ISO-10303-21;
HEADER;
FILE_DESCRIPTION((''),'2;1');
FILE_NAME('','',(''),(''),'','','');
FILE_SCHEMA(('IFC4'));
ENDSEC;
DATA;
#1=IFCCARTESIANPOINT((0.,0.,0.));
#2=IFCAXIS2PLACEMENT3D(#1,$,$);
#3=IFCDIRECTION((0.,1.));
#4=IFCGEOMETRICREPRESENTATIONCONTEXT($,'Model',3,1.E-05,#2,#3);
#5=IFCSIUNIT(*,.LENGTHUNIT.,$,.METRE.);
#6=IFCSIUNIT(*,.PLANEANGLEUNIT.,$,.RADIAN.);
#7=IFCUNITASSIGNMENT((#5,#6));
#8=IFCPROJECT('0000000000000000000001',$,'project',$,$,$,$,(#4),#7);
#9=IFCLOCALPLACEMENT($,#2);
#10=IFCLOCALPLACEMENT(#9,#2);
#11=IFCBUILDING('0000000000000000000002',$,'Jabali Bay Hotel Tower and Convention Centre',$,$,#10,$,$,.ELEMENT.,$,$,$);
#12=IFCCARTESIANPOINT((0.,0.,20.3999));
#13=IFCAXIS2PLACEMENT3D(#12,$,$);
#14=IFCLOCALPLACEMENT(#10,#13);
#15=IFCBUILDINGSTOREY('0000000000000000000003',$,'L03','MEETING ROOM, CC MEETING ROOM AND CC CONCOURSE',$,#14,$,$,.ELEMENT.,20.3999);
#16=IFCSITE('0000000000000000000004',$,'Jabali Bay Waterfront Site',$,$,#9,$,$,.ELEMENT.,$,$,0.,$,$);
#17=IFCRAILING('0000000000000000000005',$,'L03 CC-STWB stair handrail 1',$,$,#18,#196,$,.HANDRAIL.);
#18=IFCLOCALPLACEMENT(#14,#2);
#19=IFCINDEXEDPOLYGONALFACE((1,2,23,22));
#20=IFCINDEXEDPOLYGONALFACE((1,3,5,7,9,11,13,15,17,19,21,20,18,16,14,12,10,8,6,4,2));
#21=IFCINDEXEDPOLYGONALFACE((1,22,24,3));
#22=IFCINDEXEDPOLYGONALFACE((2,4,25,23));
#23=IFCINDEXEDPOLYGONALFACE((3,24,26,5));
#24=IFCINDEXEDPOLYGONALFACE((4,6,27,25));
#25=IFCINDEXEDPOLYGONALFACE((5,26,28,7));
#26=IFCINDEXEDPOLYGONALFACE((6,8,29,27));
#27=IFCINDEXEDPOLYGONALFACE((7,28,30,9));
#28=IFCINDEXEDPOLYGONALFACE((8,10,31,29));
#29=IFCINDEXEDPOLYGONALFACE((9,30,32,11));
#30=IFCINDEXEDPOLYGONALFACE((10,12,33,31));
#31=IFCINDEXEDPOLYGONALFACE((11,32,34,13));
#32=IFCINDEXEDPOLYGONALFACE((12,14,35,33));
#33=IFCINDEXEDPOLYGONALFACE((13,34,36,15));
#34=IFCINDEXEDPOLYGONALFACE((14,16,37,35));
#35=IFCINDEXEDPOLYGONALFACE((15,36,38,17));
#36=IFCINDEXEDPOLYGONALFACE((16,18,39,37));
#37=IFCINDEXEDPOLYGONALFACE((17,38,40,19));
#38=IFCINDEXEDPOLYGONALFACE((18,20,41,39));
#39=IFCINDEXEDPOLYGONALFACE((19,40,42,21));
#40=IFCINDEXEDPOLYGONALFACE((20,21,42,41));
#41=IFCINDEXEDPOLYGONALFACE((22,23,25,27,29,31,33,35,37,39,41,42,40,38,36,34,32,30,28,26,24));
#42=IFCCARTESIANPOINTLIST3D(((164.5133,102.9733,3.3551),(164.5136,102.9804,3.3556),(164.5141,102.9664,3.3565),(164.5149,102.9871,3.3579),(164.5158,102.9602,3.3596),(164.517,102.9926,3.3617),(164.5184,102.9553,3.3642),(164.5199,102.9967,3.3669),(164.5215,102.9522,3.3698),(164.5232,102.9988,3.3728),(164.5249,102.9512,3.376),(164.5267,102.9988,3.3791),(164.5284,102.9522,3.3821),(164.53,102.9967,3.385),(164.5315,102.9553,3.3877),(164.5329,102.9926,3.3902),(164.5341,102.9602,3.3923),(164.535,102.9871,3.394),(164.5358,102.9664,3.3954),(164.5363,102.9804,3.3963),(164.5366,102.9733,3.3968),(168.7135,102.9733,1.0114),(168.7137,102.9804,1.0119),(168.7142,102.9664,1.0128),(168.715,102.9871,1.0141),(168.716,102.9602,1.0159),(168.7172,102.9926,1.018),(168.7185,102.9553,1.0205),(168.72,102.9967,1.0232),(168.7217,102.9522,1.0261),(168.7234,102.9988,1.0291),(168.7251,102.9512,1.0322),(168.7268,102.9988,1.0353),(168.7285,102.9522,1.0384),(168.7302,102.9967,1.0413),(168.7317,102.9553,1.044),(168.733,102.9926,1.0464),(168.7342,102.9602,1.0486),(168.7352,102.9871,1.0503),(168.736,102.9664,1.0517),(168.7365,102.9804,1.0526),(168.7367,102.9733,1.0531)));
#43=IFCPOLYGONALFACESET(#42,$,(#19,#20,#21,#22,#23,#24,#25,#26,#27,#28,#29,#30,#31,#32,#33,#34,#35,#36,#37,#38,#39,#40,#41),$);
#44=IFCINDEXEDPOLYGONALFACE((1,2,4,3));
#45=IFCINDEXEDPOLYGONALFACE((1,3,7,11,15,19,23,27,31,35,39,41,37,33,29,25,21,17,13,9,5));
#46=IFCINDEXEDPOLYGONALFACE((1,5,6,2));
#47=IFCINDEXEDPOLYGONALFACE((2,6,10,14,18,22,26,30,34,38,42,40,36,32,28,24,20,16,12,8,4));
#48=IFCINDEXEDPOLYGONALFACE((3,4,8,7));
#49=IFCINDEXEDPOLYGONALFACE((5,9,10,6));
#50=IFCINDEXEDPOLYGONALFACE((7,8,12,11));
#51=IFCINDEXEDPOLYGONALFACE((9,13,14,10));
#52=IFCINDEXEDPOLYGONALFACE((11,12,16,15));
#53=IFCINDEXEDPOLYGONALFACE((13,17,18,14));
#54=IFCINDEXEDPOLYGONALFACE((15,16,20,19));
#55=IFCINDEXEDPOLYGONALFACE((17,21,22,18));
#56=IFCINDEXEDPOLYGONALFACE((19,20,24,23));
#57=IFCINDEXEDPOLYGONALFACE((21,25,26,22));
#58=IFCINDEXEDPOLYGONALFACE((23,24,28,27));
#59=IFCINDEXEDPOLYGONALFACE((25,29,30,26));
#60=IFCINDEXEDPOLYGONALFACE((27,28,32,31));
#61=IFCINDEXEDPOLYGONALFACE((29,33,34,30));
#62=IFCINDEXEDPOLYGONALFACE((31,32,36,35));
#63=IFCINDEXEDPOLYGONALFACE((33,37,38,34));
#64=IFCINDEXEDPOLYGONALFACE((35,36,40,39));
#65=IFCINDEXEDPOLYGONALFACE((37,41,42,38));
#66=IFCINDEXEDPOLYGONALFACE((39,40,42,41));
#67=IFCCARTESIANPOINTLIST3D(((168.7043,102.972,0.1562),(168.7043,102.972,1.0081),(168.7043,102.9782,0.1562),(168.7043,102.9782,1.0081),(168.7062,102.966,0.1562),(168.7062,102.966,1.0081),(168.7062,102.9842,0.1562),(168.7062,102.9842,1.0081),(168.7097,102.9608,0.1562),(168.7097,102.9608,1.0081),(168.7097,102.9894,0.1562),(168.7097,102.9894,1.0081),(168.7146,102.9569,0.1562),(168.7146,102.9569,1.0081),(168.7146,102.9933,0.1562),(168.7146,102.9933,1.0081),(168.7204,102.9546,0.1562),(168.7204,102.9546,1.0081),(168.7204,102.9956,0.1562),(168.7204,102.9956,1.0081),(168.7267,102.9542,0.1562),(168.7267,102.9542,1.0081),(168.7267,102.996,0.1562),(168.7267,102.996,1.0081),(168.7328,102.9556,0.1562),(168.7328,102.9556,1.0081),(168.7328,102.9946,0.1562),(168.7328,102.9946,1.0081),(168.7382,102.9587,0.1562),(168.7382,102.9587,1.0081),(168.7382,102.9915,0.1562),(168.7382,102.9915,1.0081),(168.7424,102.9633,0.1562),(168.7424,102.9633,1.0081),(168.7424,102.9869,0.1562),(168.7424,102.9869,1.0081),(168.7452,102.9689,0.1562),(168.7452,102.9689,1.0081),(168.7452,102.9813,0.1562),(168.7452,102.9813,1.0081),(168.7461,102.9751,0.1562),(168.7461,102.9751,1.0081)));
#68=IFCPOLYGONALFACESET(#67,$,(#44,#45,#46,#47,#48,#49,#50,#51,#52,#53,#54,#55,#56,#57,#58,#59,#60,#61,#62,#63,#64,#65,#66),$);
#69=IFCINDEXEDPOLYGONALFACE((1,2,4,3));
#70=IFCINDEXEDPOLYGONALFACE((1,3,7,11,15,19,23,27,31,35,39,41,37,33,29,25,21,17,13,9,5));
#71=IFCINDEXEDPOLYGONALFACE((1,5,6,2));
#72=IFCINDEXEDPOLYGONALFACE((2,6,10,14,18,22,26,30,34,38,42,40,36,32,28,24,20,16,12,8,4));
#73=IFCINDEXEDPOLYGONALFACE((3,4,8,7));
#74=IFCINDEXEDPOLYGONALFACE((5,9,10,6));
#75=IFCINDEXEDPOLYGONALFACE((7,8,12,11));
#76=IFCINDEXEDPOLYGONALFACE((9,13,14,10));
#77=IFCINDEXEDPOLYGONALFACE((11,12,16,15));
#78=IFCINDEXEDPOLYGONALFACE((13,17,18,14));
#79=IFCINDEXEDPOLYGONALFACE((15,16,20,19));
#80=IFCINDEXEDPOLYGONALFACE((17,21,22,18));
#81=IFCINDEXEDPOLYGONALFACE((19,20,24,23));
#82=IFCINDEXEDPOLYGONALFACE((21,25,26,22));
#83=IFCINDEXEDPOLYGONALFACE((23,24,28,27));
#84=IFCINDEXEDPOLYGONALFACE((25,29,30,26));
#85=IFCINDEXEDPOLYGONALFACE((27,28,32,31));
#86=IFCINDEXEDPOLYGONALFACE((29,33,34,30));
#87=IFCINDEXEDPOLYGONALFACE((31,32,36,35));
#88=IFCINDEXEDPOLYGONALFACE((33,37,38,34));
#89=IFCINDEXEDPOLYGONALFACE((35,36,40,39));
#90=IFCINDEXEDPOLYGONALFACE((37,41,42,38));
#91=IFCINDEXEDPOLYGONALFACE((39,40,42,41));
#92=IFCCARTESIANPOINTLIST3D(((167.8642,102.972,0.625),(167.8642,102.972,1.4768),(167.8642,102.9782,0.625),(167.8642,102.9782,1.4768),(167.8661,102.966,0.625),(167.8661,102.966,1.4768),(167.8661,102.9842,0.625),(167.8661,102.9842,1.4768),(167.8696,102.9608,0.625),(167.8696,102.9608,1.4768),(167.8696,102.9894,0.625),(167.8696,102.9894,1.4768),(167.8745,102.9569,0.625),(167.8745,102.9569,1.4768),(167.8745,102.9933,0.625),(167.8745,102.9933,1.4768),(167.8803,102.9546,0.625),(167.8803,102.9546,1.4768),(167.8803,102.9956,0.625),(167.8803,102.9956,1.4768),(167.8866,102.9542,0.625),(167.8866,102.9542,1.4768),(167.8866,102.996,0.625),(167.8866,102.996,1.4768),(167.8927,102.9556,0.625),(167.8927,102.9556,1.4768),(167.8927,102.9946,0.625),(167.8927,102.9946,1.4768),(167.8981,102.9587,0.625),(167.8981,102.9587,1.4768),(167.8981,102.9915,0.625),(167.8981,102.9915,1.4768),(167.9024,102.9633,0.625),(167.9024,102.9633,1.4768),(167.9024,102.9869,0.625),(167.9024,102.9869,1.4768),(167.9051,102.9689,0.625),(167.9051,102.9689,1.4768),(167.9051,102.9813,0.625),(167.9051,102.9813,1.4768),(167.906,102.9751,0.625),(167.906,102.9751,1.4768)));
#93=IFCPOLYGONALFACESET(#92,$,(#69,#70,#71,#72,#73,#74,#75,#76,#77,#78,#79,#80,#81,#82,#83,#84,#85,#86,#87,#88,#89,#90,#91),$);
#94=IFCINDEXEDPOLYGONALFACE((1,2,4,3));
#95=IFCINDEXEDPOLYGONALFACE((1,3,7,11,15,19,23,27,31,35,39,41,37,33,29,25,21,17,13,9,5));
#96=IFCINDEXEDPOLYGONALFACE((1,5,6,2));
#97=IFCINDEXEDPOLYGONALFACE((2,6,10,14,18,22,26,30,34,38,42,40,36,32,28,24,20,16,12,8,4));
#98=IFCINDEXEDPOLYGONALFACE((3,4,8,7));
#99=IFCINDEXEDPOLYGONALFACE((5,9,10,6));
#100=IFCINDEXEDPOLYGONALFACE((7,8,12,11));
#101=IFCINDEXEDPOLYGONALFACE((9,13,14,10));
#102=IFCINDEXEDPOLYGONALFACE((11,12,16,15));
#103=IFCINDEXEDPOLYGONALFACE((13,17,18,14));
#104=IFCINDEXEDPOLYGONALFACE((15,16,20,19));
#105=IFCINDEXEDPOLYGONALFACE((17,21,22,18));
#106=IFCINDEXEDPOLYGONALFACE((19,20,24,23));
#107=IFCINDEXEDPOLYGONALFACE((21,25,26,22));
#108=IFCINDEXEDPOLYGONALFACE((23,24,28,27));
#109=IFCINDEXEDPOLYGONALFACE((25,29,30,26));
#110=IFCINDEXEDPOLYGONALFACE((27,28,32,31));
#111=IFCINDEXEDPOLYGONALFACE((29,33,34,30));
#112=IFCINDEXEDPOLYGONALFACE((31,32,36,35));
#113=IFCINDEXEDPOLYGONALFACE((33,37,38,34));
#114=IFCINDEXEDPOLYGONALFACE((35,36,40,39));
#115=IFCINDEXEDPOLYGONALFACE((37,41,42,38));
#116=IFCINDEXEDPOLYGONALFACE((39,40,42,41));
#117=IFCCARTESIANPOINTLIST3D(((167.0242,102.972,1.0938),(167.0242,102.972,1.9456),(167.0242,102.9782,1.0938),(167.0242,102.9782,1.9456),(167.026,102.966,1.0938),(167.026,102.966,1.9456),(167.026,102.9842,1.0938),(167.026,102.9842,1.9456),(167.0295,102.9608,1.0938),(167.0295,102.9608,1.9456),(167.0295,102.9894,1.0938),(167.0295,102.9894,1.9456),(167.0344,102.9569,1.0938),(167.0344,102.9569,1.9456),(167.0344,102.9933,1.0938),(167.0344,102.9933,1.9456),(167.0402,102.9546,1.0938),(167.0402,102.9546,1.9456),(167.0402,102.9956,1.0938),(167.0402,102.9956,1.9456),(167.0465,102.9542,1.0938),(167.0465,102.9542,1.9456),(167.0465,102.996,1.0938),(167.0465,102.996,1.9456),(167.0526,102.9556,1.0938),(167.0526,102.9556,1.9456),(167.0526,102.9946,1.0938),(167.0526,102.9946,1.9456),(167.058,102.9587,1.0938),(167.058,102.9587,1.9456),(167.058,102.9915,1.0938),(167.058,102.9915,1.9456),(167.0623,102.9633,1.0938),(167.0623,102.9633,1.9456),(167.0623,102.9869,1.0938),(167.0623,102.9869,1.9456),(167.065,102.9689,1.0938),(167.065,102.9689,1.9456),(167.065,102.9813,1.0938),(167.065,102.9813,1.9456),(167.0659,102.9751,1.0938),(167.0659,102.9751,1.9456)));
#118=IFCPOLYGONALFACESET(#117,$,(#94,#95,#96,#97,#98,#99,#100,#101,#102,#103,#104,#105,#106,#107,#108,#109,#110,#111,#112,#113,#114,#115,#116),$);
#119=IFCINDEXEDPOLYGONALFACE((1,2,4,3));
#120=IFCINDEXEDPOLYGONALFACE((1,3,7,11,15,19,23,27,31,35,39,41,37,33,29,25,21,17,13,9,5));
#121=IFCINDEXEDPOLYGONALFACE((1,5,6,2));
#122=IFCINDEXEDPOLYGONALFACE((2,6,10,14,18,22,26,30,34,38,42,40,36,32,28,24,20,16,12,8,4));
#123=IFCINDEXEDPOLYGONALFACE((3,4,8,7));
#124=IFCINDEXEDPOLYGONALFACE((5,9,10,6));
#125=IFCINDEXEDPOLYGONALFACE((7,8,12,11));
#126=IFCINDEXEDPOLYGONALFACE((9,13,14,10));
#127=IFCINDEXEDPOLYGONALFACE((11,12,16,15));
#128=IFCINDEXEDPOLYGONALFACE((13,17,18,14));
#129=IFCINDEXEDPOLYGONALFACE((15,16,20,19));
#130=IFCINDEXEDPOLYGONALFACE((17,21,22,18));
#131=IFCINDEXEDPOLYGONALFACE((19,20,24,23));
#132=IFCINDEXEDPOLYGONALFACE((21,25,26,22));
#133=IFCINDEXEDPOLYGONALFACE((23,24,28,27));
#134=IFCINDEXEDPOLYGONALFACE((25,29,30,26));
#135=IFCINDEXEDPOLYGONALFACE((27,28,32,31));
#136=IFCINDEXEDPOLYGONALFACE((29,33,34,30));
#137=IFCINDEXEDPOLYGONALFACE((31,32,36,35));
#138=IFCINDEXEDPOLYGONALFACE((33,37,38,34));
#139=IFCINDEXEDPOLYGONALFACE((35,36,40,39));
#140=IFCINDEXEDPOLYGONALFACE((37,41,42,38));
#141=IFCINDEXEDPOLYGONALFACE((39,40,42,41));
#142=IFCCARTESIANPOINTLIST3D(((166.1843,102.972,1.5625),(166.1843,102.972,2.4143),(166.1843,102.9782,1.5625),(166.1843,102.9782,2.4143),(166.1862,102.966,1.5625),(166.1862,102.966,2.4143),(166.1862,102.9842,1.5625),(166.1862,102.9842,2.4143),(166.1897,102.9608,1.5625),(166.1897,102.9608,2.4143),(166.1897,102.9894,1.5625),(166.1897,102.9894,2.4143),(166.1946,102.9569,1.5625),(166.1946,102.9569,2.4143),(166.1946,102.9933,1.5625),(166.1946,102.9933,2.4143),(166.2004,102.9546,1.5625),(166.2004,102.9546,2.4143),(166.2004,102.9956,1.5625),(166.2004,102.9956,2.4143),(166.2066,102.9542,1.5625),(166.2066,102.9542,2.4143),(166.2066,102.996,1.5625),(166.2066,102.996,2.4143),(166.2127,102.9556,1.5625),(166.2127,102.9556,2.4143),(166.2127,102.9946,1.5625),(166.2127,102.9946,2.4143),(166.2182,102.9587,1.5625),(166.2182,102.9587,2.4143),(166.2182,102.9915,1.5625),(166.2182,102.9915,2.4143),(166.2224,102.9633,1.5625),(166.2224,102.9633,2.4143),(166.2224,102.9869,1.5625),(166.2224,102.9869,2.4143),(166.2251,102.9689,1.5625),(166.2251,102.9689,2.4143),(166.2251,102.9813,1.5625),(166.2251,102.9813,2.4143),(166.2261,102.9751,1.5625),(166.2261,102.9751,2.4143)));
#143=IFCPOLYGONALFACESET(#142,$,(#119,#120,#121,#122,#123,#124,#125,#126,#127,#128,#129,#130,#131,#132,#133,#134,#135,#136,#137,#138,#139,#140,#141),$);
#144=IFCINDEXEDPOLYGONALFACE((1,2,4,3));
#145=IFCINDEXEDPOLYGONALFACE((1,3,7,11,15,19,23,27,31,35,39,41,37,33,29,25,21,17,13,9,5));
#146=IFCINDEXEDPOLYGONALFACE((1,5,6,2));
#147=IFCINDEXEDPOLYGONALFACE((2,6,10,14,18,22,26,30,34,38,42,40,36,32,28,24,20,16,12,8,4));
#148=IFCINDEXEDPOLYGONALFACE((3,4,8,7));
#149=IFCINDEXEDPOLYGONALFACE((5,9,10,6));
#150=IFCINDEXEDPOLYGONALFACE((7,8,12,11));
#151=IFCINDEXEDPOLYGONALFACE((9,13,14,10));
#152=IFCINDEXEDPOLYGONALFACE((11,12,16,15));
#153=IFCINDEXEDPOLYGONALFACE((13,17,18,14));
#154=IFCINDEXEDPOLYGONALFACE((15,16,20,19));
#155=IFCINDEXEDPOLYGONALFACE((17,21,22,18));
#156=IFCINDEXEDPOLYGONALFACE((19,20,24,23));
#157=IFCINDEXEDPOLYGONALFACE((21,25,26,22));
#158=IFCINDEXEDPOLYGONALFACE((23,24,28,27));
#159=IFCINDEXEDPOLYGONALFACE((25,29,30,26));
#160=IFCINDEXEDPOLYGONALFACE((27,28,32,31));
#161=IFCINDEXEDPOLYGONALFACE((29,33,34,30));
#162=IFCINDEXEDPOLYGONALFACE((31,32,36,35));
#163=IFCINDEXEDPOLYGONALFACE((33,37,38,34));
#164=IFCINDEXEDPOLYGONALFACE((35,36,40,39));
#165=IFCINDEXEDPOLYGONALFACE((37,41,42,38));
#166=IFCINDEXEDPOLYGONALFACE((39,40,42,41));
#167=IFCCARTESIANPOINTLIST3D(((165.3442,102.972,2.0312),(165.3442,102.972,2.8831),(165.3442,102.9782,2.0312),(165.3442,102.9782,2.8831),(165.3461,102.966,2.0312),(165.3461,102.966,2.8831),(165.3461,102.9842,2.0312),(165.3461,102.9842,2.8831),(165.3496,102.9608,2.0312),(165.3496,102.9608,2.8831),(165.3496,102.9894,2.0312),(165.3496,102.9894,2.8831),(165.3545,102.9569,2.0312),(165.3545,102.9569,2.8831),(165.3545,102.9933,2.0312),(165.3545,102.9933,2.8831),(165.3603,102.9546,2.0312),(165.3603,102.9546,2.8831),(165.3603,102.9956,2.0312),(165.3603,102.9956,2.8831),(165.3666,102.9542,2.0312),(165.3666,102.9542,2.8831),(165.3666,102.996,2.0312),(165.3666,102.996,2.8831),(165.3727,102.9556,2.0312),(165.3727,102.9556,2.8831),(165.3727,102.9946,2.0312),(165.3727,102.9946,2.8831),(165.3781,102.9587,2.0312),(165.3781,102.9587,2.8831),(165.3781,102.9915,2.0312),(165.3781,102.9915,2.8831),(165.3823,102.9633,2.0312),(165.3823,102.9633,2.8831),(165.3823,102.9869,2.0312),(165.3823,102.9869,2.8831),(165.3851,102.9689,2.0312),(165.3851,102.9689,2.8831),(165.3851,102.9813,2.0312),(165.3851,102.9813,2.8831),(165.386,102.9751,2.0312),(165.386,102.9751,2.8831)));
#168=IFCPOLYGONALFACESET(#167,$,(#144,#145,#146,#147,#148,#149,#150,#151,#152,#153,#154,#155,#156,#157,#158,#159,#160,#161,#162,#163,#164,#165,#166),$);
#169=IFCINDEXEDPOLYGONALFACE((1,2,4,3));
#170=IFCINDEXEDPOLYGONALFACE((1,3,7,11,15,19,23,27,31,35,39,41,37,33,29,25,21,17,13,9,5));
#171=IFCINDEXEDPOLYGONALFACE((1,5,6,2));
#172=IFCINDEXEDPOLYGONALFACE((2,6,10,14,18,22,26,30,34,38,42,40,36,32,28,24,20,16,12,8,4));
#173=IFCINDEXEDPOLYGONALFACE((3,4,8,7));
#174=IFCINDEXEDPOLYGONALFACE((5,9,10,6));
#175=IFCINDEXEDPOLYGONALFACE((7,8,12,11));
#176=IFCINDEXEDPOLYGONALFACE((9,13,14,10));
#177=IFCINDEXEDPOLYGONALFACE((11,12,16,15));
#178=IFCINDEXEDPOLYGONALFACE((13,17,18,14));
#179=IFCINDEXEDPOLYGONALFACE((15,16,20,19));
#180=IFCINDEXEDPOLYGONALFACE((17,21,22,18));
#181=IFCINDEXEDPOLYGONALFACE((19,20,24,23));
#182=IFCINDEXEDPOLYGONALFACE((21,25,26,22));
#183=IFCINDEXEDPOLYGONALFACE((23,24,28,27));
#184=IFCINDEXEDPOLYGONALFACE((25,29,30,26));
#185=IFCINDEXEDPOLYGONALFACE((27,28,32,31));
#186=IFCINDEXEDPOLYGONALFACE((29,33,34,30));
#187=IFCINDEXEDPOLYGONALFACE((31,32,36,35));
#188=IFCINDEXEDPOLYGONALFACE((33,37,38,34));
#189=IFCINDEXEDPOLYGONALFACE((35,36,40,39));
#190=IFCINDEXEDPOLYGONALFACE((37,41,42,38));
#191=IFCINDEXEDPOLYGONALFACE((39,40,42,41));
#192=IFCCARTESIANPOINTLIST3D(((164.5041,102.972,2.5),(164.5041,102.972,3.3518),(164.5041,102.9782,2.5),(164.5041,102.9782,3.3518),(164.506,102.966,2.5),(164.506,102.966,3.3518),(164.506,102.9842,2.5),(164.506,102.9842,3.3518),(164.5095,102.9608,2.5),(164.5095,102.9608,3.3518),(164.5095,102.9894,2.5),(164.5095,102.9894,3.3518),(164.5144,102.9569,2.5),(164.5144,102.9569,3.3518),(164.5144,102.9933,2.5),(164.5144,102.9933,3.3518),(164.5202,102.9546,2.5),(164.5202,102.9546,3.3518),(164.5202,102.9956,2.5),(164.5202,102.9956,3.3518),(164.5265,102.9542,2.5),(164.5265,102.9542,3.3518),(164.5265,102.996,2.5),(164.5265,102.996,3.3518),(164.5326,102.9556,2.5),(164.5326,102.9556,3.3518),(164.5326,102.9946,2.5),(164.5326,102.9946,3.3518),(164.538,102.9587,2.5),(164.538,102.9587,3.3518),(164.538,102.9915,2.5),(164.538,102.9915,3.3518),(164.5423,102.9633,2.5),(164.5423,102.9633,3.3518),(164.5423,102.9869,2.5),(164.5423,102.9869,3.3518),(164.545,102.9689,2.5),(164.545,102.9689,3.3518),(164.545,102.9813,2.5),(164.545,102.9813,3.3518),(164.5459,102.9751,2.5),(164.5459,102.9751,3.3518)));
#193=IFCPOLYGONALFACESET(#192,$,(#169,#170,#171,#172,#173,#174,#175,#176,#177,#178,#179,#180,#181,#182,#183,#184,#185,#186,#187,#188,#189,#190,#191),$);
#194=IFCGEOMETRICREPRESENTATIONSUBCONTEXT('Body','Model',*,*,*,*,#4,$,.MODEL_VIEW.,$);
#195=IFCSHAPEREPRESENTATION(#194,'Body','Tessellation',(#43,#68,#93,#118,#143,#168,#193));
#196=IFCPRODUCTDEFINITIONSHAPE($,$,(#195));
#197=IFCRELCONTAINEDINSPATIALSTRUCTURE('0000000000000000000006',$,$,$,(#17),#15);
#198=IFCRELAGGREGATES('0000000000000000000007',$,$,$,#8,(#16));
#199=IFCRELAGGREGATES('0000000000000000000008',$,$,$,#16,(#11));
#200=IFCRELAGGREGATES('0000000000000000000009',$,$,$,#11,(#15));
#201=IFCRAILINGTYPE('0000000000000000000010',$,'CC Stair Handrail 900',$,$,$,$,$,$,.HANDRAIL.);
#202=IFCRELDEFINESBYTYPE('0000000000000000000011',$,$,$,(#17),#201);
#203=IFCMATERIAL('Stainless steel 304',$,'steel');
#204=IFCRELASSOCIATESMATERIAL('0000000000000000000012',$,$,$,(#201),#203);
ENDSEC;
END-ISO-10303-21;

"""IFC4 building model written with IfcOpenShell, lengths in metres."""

from ifc_helpers import new_model, si_unit, direction, frame, origin, origin_2d, place, context, subcontext, project, spatial, circle, extrude, material, type_object, element, save


model = new_model("IFC4")

# Units and contexts
model_context = context("Model", 3, precision=1e-05, world=origin(), true_north=direction((0.0, 1.0)))
body_context = subcontext(model_context, "Body", "Model", "MODEL_VIEW")
ifc_project = project(units=[si_unit("LENGTHUNIT", "METRE"), si_unit("PLANEANGLEUNIT", "RADIAN")], contexts=[model_context])

# Site, building, storey
site_placement = place(None, origin())
site = spatial("IfcSite", under=ifc_project, at=site_placement, Name="Jabali Bay Waterfront Site", CompositionType="ELEMENT", RefElevation=0.0)
building_placement = place(site_placement, origin())
building = spatial("IfcBuilding", under=site, at=building_placement, Name="Jabali Bay Hotel Tower and Convention Centre", CompositionType="ELEMENT")
storey_placement = place(building_placement, frame((0.0, 0.0, 20.3999)))
storey = spatial("IfcBuildingStorey", under=building, at=storey_placement, Name="L03", Description="MEETING ROOM, CC MEETING ROOM AND CC CONCOURSE", CompositionType="ELEMENT", Elevation=20.3999)

# Railing
ifc_material_1 = material(Name="Stainless steel 304", Category="steel")
railing_type_1 = type_object("IfcRailingType", Name="CC Stair Handrail 900", PredefinedType="HANDRAIL", material=ifc_material_1)
railing_1_placement = place(storey_placement, frame((168.7251, 102.9751, 0.1562)))
element("IfcRailing", 1, at=railing_1_placement, inside=storey, type_object=railing_type_1, Name="L03 CC-STWB stair handrail 1", PredefinedType="HANDRAIL", context=body_context, shape_type="SweptSolid", body=[
    extrude(circle(Radius=0.0239, at=origin_2d()), frame((0.0, 0.0, 0.876), z_axis=(-0.873246, 0.0, 0.48728), x_axis=(0.0, -1.0, 0.0)), (0.0, 0.0, 1.0), 4.8098),
    extrude(circle(Radius=0.021, at=origin_2d()), origin(), (0.0, 0.0, 1.0), 0.8518),
    extrude(circle(Radius=0.021, at=origin_2d()), frame((-0.8401, 0.0, 0.4688)), (0.0, 0.0, 1.0), 0.8518),
    extrude(circle(Radius=0.021, at=origin_2d()), frame((-1.6802, 0.0, 0.9375)), (0.0, 0.0, 1.0), 0.8518),
    extrude(circle(Radius=0.021, at=origin_2d()), frame((-2.52, 0.0, 1.4062)), (0.0, 0.0, 1.0), 0.8518),
    extrude(circle(Radius=0.021, at=origin_2d()), frame((-3.3601, 0.0, 1.875)), (0.0, 0.0, 1.0), 0.8518),
    extrude(circle(Radius=0.021, at=origin_2d()), frame((-4.2002, 0.0, 2.3438)), (0.0, 0.0, 1.0), 0.8518),
])

save(model, "model.ifc")
